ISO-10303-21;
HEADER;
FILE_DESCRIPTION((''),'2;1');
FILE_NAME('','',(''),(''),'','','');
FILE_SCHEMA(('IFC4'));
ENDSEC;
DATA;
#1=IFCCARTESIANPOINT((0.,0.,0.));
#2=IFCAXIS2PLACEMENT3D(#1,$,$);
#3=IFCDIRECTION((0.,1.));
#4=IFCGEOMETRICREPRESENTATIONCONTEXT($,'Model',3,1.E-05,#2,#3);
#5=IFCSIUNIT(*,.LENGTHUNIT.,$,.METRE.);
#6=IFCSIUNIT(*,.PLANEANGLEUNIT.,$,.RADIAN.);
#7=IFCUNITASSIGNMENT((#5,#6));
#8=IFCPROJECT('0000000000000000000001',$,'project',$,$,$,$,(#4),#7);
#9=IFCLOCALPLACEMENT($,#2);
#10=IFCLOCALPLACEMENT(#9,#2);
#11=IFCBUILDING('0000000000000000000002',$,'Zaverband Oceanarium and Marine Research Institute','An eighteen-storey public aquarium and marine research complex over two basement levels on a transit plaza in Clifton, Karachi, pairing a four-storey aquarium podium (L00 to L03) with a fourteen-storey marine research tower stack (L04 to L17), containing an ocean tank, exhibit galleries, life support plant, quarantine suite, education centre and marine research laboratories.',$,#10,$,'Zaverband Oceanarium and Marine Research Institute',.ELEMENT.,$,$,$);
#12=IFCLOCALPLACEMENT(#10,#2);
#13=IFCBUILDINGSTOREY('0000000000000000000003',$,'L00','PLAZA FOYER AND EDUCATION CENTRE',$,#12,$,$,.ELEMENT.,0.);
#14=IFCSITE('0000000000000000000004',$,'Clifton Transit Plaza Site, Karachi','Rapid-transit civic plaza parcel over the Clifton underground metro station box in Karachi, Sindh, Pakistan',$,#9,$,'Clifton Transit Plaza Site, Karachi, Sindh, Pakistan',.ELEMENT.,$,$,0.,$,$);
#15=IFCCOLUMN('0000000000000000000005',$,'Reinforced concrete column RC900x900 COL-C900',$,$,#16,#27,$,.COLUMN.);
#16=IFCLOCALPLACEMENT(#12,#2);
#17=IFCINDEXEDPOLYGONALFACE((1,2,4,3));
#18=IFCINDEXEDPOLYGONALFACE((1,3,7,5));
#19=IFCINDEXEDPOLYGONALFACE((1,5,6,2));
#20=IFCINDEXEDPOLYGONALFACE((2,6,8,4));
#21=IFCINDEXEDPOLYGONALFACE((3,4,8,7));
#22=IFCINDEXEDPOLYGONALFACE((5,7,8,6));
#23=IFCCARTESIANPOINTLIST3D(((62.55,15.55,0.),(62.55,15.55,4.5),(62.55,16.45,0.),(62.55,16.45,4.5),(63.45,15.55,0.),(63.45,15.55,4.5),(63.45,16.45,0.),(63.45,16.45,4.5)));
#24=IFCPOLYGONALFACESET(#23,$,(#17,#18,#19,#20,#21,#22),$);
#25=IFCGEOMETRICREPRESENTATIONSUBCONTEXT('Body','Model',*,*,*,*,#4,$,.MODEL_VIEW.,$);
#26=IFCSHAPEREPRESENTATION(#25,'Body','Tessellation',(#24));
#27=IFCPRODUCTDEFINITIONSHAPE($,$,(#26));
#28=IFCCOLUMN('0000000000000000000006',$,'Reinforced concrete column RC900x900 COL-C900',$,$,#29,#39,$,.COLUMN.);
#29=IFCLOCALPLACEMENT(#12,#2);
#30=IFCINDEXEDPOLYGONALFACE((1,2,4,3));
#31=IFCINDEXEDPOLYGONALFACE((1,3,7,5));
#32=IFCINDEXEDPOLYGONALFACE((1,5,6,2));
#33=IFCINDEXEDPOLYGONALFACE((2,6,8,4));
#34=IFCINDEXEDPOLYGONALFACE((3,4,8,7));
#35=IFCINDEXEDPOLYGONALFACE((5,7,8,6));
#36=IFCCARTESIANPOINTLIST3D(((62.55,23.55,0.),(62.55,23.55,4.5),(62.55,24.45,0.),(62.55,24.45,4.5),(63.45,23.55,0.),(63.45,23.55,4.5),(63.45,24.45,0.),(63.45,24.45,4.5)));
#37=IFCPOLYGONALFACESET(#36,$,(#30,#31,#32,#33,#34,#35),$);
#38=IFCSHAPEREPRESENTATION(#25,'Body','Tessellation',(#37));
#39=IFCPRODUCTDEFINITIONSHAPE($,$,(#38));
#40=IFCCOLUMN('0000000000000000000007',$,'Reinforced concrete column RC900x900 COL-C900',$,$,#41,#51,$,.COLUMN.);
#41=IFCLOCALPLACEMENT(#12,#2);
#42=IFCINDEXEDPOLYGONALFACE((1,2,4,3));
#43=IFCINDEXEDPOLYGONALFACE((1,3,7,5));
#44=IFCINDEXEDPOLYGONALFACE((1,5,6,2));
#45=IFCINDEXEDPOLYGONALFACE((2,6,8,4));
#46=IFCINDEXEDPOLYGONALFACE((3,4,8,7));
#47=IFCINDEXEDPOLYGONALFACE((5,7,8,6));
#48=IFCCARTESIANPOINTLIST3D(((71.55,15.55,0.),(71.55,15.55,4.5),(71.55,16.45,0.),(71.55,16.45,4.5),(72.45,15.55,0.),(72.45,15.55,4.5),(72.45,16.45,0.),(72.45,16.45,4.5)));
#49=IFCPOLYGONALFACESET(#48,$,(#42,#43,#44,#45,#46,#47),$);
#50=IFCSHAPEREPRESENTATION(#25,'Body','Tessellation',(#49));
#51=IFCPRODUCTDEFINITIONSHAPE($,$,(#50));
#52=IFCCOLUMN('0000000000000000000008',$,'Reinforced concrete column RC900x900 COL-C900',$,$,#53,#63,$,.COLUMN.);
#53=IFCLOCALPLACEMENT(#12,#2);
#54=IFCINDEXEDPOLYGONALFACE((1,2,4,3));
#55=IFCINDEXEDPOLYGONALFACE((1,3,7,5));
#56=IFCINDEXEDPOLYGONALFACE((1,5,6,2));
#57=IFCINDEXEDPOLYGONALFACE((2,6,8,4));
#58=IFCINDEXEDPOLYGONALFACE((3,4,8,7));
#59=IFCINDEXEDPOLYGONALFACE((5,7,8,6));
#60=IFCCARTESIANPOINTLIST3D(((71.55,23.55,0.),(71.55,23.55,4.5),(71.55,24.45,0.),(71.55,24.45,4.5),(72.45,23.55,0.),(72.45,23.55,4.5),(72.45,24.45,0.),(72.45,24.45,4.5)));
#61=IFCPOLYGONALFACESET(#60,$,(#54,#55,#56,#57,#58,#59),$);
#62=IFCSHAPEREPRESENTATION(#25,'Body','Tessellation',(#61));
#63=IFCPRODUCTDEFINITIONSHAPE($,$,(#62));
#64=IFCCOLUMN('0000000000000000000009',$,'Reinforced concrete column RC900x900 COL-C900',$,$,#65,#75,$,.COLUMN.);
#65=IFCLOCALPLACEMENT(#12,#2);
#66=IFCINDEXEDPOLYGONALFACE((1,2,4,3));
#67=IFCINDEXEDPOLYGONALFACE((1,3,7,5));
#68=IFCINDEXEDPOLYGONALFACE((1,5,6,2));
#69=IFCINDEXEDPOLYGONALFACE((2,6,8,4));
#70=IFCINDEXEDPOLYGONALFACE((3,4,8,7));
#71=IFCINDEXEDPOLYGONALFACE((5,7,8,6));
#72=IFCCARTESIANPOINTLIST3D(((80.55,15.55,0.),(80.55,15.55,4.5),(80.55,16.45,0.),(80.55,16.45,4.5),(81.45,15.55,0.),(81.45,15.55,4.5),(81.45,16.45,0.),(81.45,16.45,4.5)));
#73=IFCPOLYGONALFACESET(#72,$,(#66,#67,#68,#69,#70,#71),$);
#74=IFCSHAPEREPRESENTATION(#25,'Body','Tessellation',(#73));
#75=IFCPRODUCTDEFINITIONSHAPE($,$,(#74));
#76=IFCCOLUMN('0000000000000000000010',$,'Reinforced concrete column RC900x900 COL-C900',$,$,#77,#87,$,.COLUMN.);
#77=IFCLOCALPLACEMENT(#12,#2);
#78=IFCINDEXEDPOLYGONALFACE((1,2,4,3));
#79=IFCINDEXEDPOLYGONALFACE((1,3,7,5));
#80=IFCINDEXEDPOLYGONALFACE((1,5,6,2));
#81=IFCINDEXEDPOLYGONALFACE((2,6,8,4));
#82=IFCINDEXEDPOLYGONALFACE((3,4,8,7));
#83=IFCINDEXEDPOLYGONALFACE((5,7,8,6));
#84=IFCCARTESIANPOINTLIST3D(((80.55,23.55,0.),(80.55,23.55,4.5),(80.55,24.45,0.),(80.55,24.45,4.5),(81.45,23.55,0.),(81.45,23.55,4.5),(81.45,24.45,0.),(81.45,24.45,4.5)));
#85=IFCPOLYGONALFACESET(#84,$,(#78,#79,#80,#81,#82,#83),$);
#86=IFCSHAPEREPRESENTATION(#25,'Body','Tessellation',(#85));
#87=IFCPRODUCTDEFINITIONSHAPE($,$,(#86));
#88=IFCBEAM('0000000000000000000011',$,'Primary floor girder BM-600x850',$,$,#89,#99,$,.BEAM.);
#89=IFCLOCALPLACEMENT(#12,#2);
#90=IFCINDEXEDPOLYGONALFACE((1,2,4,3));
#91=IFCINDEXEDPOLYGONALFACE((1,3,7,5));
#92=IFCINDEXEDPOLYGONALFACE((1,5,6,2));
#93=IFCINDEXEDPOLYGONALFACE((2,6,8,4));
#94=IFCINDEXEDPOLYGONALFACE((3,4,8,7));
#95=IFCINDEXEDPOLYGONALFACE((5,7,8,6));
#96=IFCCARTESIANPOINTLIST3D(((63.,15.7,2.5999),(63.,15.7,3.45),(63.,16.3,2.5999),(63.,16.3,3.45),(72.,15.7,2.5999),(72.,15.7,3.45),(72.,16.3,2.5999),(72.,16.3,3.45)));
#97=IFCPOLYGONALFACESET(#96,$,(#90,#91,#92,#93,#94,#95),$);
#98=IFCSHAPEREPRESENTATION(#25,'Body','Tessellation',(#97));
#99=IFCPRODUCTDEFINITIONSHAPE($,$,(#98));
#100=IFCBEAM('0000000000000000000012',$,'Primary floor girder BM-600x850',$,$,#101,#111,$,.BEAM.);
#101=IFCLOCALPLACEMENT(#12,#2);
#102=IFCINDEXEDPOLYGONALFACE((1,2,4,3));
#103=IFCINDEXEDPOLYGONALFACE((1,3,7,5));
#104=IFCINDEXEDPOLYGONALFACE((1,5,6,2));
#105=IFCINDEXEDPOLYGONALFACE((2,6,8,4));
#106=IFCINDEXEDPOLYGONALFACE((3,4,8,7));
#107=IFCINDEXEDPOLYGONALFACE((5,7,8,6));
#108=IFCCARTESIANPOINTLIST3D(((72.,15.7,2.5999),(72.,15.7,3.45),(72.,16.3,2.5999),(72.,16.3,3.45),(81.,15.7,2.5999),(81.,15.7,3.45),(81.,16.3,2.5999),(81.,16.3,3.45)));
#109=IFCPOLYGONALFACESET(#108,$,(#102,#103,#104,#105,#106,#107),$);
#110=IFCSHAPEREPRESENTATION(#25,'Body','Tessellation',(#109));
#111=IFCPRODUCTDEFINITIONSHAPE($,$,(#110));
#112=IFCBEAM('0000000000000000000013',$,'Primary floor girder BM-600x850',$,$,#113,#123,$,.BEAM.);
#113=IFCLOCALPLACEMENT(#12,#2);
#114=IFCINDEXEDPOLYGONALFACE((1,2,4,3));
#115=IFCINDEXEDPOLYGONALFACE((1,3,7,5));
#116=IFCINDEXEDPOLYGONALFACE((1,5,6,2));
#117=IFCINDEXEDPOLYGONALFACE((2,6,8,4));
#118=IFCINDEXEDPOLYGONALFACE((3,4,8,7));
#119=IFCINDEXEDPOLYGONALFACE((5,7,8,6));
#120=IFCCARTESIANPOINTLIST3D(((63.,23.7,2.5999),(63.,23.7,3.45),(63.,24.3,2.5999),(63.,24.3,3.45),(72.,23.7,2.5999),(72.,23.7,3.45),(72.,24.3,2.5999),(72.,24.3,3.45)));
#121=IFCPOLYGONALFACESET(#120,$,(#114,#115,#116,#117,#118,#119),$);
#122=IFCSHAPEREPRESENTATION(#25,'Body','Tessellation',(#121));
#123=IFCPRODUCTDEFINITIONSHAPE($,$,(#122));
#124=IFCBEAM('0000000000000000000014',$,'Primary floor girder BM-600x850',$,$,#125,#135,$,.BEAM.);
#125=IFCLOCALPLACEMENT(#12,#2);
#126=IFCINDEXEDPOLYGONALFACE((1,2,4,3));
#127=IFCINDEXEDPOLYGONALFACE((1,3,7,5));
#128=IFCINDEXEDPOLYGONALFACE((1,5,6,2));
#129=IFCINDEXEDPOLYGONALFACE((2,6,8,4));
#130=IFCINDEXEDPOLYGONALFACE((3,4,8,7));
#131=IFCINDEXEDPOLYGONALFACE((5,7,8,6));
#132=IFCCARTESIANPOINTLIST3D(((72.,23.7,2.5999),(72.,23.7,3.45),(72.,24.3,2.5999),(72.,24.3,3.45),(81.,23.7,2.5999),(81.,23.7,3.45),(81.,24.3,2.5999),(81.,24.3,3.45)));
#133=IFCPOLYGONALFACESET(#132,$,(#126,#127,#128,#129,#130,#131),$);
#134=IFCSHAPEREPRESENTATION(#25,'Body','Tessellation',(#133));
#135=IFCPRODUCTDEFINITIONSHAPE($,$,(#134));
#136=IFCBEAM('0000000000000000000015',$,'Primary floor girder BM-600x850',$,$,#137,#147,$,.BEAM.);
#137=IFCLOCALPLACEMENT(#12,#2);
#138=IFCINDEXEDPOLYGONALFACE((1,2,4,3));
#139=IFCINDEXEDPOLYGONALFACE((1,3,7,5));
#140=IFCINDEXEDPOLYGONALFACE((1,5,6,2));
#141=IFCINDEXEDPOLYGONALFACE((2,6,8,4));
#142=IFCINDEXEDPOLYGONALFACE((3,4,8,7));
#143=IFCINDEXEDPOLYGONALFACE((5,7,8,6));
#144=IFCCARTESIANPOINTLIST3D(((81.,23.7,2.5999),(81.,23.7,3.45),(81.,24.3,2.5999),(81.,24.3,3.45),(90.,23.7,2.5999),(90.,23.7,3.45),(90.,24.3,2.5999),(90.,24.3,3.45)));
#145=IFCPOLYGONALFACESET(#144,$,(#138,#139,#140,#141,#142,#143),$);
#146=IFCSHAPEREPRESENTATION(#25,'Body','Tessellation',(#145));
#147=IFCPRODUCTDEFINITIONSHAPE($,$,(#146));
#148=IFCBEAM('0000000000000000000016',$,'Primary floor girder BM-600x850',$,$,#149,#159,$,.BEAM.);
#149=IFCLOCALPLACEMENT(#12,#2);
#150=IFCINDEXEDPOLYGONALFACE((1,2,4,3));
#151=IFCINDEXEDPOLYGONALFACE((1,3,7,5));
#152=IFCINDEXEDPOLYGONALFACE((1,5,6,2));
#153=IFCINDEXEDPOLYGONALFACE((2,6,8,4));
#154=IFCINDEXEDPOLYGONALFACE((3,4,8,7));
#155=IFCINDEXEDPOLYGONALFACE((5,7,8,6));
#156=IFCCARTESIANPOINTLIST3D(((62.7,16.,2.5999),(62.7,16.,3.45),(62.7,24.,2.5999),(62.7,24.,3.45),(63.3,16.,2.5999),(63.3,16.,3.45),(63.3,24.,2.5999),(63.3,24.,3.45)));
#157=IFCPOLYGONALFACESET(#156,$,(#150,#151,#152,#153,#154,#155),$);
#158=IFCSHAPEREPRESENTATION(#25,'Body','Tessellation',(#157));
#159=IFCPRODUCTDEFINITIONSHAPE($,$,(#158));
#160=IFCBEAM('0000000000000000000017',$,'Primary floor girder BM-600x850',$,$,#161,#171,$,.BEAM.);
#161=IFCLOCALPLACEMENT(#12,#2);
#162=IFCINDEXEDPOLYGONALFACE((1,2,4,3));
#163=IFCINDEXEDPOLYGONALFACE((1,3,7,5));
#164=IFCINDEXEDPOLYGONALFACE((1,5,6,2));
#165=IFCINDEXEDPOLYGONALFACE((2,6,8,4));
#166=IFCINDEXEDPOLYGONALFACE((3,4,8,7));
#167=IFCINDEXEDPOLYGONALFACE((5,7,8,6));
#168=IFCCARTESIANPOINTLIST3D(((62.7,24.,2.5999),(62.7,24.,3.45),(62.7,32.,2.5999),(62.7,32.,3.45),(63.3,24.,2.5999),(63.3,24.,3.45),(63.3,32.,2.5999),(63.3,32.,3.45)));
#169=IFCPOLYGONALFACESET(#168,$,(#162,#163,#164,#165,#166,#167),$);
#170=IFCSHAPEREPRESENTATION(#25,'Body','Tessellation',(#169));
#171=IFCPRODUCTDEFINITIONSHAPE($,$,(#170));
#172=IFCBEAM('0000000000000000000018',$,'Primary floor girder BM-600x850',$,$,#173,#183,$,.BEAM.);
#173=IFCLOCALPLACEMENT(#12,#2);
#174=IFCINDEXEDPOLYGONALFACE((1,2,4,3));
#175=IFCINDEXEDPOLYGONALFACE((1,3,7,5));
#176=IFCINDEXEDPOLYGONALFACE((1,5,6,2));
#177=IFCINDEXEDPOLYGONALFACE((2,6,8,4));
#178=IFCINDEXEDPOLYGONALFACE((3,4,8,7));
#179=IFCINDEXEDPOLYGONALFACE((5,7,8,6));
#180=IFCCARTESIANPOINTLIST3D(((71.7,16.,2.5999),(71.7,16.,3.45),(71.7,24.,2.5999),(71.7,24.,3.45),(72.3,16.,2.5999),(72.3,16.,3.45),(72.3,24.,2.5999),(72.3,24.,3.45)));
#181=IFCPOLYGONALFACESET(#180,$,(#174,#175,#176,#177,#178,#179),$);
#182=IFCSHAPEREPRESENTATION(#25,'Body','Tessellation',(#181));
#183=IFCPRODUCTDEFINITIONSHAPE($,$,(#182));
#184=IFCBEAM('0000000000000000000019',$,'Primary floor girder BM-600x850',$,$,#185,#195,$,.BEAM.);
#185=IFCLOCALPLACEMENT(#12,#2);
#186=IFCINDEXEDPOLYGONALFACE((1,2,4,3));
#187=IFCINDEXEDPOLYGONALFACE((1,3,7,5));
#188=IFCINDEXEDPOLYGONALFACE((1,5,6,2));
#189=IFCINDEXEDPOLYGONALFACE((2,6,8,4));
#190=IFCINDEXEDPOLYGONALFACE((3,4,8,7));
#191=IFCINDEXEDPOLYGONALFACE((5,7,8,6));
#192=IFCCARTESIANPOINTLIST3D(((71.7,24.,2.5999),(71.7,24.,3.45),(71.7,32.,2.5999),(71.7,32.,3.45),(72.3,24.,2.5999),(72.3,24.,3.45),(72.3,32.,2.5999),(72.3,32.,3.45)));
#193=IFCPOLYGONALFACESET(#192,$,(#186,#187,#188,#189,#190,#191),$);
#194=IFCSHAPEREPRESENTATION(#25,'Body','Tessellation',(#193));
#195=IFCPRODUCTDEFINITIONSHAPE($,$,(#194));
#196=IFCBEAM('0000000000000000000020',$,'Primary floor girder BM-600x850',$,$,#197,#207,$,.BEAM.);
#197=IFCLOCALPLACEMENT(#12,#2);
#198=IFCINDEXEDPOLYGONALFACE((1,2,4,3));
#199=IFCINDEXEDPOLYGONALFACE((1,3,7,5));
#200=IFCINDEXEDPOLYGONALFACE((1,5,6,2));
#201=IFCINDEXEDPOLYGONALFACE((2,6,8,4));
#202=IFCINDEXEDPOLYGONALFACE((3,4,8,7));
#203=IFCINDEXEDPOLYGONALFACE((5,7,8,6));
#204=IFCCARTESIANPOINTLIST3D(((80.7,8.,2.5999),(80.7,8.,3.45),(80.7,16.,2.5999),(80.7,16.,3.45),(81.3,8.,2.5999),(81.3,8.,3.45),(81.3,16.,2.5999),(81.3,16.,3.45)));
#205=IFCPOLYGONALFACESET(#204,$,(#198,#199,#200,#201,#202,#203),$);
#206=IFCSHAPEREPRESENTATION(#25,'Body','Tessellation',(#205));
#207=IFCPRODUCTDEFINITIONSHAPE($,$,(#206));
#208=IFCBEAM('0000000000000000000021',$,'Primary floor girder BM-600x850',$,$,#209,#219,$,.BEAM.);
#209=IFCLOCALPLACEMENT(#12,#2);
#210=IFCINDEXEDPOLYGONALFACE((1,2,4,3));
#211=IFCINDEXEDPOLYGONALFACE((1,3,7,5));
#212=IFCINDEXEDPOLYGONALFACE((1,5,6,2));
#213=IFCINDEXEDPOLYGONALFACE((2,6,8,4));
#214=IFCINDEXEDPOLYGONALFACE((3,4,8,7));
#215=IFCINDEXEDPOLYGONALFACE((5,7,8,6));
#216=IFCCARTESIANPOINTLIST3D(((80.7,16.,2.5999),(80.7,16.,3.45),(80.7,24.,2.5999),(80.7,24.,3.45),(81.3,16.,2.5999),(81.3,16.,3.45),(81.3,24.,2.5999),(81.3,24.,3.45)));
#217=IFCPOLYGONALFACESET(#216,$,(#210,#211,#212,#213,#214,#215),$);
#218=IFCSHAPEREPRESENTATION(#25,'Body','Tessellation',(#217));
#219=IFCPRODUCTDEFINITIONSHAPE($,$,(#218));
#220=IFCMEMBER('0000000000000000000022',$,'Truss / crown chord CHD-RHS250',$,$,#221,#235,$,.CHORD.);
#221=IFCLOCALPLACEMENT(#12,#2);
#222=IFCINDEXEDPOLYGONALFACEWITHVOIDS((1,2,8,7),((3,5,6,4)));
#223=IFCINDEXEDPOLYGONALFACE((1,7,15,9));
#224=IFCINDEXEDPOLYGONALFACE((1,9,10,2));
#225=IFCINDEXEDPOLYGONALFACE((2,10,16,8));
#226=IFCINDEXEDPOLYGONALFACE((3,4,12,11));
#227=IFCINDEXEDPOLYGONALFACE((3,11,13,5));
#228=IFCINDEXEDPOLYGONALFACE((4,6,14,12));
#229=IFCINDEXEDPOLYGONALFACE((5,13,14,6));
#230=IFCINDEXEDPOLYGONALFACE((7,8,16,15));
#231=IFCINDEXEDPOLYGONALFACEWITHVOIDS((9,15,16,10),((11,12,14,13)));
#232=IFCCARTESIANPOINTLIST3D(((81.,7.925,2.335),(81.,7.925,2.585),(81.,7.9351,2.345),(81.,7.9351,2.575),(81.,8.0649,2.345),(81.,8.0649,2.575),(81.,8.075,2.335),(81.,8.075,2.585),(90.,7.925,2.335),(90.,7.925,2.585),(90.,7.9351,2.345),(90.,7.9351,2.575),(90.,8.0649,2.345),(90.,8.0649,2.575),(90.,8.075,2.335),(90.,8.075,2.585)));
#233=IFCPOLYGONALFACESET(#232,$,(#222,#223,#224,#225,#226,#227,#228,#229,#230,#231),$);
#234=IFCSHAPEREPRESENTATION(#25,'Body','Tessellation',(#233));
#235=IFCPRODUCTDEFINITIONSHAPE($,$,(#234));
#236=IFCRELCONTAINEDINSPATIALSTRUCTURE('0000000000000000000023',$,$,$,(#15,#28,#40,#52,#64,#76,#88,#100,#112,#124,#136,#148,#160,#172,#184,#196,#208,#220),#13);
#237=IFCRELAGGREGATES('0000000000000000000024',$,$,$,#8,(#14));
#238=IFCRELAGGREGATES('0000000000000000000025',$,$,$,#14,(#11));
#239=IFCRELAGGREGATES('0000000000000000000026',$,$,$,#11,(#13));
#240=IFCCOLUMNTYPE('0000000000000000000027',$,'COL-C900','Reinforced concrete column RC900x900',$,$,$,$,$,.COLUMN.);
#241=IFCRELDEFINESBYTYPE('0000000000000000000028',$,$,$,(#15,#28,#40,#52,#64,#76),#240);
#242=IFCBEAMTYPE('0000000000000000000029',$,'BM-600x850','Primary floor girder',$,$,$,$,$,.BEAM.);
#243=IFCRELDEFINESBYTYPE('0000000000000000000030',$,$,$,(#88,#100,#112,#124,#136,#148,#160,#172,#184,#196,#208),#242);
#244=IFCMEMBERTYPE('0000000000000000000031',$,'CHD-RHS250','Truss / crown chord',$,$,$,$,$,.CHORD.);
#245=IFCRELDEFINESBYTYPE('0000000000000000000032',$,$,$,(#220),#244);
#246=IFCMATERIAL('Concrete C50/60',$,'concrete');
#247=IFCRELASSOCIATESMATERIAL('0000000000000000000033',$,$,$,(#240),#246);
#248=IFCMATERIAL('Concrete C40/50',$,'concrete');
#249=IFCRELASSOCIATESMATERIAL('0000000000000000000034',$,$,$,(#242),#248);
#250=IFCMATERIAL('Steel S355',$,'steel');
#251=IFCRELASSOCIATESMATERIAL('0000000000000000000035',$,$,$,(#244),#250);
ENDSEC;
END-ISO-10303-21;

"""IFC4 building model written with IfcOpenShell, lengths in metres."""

from ifc_helpers import new_model, si_unit, direction, frame, origin, origin_2d, place, context, subcontext, project, spatial, rectangle, hollow_rectangle, extrude, material, material_profile, profile_set, type_object, element, save


model = new_model("IFC4")

# Units and contexts
model_context = context("Model", 3, precision=1e-05, world=origin(), true_north=direction((0.0, 1.0)))
body_context = subcontext(model_context, "Body", "Model", "MODEL_VIEW")
ifc_project = project(units=[si_unit("LENGTHUNIT", "METRE"), si_unit("PLANEANGLEUNIT", "RADIAN")], contexts=[model_context])

# Site, building, storey
site_placement = place(None, origin())
site = spatial("IfcSite", under=ifc_project, at=site_placement, Name="Clifton Transit Plaza Site, Karachi", Description="Rapid-transit civic plaza parcel over the Clifton underground metro station box in Karachi, Sindh, Pakistan", LongName="Clifton Transit Plaza Site, Karachi, Sindh, Pakistan", CompositionType="ELEMENT", RefElevation=0.0)
building_placement = place(site_placement, origin())
building = spatial("IfcBuilding", under=site, at=building_placement, Name="Zaverband Oceanarium and Marine Research Institute", Description="An eighteen-storey public aquarium and marine research complex over two basement levels on a transit plaza in Clifton, Karachi, pairing a four-storey aquarium podium (L00 to L03) with a fourteen-storey marine research tower stack (L04 to L17), containing an ocean tank, exhibit galleries, life support plant, quarantine suite, education centre and marine research laboratories.", LongName="Zaverband Oceanarium and Marine Research Institute", CompositionType="ELEMENT")
storey_placement = place(building_placement, origin())
storey = spatial("IfcBuildingStorey", under=building, at=storey_placement, Name="L00", Description="PLAZA FOYER AND EDUCATION CENTRE", CompositionType="ELEMENT", Elevation=0.0)

# Columns
ifc_material_1 = material(Name="Concrete C50/60", Category="concrete")
ifc_material_profile_1 = material_profile(ifc_material_1, rectangle(XDim=0.8999, YDim=0.8999, at=origin_2d()), Name="RC900x900")
ifc_profile_set_1 = profile_set([ifc_material_profile_1], Name="Concrete C50/60")
column_type = type_object("IfcColumnType", Name="COL-C900", Description="Reinforced concrete column RC900x900", PredefinedType="COLUMN", material=ifc_profile_set_1)
for number, where, z_axis, x_axis, name in (
    (1, (63.0, 16.0, 0.0), (0.0, 0.0, 1.0), (1.0, 0.0, 0.0), "Reinforced concrete column RC900x900 COL-C900"),
    (2, (63.0, 24.0, 0.0), (0.0, 0.0, 1.0), (1.0, 0.0, 0.0), "Reinforced concrete column RC900x900 COL-C900"),
    (3, (72.0, 16.0, 0.0), (0.0, 0.0, 1.0), (1.0, 0.0, 0.0), "Reinforced concrete column RC900x900 COL-C900"),
    (4, (72.0, 24.0, 0.0), (0.0, 0.0, 1.0), (1.0, 0.0, 0.0), "Reinforced concrete column RC900x900 COL-C900"),
    (5, (81.0, 16.0, 0.0), (0.0, 0.0, 1.0), (1.0, 0.0, 0.0), "Reinforced concrete column RC900x900 COL-C900"),
    (6, (81.0, 24.0, 0.0), (0.0, 0.0, 1.0), (1.0, 0.0, 0.0), "Reinforced concrete column RC900x900 COL-C900"),
):
    element("IfcColumn", number, at=place(storey_placement, frame(where, z_axis=z_axis, x_axis=x_axis)), inside=storey, type_object=column_type, Name=name, PredefinedType="COLUMN", context=body_context, shape_type="SweptSolid", body=[
        extrude(rectangle(XDim=0.8999, YDim=0.8999, at=origin_2d()), origin(), (0.0, 0.0, 1.0), 4.5),
    ])

# Beams
ifc_material_2 = material(Name="Concrete C40/50", Category="concrete")
ifc_material_profile_2 = material_profile(ifc_material_2, rectangle(XDim=0.6001, YDim=0.8501, at=origin_2d()), Name="RC600x850")
ifc_profile_set_2 = profile_set([ifc_material_profile_2], Name="Concrete C40/50")
beam_type_1 = type_object("IfcBeamType", Name="BM-600x850", Description="Primary floor girder", PredefinedType="BEAM", material=ifc_profile_set_2)
for number, where, z_axis, x_axis, name in (
    (7, (63.0, 16.0, 3.0249), (1.0, 0.0, 0.0), (0.0, 1.0, 0.0), "Primary floor girder BM-600x850"),
    (8, (72.0, 16.0, 3.0249), (1.0, 0.0, 0.0), (0.0, 1.0, 0.0), "Primary floor girder BM-600x850"),
    (9, (63.0, 24.0, 3.0249), (1.0, 0.0, 0.0), (0.0, 1.0, 0.0), "Primary floor girder BM-600x850"),
    (10, (72.0, 24.0, 3.0249), (1.0, 0.0, 0.0), (0.0, 1.0, 0.0), "Primary floor girder BM-600x850"),
    (11, (81.0, 24.0, 3.0249), (1.0, 0.0, 0.0), (0.0, 1.0, 0.0), "Primary floor girder BM-600x850"),
):
    element("IfcBeam", number, at=place(storey_placement, frame(where, z_axis=z_axis, x_axis=x_axis)), inside=storey, type_object=beam_type_1, Name=name, PredefinedType="BEAM", context=body_context, shape_type="SweptSolid", body=[
        extrude(rectangle(XDim=0.6001, YDim=0.8501, at=origin_2d()), origin(), (0.0, 0.0, 1.0), 9.0),
    ])
for number, where, z_axis, x_axis, name in (
    (12, (63.0, 16.0, 3.0249), (0.0, 1.0, 0.0), (-1.0, 0.0, 0.0), "Primary floor girder BM-600x850"),
    (13, (63.0, 24.0, 3.0249), (0.0, 1.0, 0.0), (-1.0, 0.0, 0.0), "Primary floor girder BM-600x850"),
    (14, (72.0, 16.0, 3.0249), (0.0, 1.0, 0.0), (-1.0, 0.0, 0.0), "Primary floor girder BM-600x850"),
    (15, (72.0, 24.0, 3.0249), (0.0, 1.0, 0.0), (-1.0, 0.0, 0.0), "Primary floor girder BM-600x850"),
    (16, (81.0, 8.0, 3.0249), (0.0, 1.0, 0.0), (-1.0, 0.0, 0.0), "Primary floor girder BM-600x850"),
    (17, (81.0, 16.0, 3.0249), (0.0, 1.0, 0.0), (-1.0, 0.0, 0.0), "Primary floor girder BM-600x850"),
):
    element("IfcBeam", number, at=place(storey_placement, frame(where, z_axis=z_axis, x_axis=x_axis)), inside=storey, type_object=beam_type_1, Name=name, PredefinedType="BEAM", context=body_context, shape_type="SweptSolid", body=[
        extrude(rectangle(XDim=0.6001, YDim=0.8501, at=origin_2d()), origin(), (0.0, 0.0, 1.0), 8.0),
    ])

# Member
ifc_material_3 = material(Name="Steel S355", Category="steel")
ifc_material_profile_3 = material_profile(ifc_material_3, hollow_rectangle(XDim=0.1499, YDim=0.25, WallThickness=0.01, at=origin_2d()), Name="RHS250x150x10")
ifc_profile_set_3 = profile_set([ifc_material_profile_3], Name="Steel S355")
member_type = type_object("IfcMemberType", Name="CHD-RHS250", Description="Truss / crown chord", PredefinedType="CHORD", material=ifc_profile_set_3)
member_placement = place(storey_placement, frame((81.0, 8.0, 2.46), z_axis=(1.0, 0.0, 0.0), x_axis=(0.0, 1.0, 0.0)))
element("IfcMember", 18, at=member_placement, inside=storey, type_object=member_type, Name="Truss / crown chord CHD-RHS250", PredefinedType="CHORD", context=body_context, shape_type="SweptSolid", body=[
    extrude(hollow_rectangle(XDim=0.1499, YDim=0.25, WallThickness=0.01, at=origin_2d()), origin(), (0.0, 0.0, 1.0), 9.0),
])

save(model, "model.ifc")
